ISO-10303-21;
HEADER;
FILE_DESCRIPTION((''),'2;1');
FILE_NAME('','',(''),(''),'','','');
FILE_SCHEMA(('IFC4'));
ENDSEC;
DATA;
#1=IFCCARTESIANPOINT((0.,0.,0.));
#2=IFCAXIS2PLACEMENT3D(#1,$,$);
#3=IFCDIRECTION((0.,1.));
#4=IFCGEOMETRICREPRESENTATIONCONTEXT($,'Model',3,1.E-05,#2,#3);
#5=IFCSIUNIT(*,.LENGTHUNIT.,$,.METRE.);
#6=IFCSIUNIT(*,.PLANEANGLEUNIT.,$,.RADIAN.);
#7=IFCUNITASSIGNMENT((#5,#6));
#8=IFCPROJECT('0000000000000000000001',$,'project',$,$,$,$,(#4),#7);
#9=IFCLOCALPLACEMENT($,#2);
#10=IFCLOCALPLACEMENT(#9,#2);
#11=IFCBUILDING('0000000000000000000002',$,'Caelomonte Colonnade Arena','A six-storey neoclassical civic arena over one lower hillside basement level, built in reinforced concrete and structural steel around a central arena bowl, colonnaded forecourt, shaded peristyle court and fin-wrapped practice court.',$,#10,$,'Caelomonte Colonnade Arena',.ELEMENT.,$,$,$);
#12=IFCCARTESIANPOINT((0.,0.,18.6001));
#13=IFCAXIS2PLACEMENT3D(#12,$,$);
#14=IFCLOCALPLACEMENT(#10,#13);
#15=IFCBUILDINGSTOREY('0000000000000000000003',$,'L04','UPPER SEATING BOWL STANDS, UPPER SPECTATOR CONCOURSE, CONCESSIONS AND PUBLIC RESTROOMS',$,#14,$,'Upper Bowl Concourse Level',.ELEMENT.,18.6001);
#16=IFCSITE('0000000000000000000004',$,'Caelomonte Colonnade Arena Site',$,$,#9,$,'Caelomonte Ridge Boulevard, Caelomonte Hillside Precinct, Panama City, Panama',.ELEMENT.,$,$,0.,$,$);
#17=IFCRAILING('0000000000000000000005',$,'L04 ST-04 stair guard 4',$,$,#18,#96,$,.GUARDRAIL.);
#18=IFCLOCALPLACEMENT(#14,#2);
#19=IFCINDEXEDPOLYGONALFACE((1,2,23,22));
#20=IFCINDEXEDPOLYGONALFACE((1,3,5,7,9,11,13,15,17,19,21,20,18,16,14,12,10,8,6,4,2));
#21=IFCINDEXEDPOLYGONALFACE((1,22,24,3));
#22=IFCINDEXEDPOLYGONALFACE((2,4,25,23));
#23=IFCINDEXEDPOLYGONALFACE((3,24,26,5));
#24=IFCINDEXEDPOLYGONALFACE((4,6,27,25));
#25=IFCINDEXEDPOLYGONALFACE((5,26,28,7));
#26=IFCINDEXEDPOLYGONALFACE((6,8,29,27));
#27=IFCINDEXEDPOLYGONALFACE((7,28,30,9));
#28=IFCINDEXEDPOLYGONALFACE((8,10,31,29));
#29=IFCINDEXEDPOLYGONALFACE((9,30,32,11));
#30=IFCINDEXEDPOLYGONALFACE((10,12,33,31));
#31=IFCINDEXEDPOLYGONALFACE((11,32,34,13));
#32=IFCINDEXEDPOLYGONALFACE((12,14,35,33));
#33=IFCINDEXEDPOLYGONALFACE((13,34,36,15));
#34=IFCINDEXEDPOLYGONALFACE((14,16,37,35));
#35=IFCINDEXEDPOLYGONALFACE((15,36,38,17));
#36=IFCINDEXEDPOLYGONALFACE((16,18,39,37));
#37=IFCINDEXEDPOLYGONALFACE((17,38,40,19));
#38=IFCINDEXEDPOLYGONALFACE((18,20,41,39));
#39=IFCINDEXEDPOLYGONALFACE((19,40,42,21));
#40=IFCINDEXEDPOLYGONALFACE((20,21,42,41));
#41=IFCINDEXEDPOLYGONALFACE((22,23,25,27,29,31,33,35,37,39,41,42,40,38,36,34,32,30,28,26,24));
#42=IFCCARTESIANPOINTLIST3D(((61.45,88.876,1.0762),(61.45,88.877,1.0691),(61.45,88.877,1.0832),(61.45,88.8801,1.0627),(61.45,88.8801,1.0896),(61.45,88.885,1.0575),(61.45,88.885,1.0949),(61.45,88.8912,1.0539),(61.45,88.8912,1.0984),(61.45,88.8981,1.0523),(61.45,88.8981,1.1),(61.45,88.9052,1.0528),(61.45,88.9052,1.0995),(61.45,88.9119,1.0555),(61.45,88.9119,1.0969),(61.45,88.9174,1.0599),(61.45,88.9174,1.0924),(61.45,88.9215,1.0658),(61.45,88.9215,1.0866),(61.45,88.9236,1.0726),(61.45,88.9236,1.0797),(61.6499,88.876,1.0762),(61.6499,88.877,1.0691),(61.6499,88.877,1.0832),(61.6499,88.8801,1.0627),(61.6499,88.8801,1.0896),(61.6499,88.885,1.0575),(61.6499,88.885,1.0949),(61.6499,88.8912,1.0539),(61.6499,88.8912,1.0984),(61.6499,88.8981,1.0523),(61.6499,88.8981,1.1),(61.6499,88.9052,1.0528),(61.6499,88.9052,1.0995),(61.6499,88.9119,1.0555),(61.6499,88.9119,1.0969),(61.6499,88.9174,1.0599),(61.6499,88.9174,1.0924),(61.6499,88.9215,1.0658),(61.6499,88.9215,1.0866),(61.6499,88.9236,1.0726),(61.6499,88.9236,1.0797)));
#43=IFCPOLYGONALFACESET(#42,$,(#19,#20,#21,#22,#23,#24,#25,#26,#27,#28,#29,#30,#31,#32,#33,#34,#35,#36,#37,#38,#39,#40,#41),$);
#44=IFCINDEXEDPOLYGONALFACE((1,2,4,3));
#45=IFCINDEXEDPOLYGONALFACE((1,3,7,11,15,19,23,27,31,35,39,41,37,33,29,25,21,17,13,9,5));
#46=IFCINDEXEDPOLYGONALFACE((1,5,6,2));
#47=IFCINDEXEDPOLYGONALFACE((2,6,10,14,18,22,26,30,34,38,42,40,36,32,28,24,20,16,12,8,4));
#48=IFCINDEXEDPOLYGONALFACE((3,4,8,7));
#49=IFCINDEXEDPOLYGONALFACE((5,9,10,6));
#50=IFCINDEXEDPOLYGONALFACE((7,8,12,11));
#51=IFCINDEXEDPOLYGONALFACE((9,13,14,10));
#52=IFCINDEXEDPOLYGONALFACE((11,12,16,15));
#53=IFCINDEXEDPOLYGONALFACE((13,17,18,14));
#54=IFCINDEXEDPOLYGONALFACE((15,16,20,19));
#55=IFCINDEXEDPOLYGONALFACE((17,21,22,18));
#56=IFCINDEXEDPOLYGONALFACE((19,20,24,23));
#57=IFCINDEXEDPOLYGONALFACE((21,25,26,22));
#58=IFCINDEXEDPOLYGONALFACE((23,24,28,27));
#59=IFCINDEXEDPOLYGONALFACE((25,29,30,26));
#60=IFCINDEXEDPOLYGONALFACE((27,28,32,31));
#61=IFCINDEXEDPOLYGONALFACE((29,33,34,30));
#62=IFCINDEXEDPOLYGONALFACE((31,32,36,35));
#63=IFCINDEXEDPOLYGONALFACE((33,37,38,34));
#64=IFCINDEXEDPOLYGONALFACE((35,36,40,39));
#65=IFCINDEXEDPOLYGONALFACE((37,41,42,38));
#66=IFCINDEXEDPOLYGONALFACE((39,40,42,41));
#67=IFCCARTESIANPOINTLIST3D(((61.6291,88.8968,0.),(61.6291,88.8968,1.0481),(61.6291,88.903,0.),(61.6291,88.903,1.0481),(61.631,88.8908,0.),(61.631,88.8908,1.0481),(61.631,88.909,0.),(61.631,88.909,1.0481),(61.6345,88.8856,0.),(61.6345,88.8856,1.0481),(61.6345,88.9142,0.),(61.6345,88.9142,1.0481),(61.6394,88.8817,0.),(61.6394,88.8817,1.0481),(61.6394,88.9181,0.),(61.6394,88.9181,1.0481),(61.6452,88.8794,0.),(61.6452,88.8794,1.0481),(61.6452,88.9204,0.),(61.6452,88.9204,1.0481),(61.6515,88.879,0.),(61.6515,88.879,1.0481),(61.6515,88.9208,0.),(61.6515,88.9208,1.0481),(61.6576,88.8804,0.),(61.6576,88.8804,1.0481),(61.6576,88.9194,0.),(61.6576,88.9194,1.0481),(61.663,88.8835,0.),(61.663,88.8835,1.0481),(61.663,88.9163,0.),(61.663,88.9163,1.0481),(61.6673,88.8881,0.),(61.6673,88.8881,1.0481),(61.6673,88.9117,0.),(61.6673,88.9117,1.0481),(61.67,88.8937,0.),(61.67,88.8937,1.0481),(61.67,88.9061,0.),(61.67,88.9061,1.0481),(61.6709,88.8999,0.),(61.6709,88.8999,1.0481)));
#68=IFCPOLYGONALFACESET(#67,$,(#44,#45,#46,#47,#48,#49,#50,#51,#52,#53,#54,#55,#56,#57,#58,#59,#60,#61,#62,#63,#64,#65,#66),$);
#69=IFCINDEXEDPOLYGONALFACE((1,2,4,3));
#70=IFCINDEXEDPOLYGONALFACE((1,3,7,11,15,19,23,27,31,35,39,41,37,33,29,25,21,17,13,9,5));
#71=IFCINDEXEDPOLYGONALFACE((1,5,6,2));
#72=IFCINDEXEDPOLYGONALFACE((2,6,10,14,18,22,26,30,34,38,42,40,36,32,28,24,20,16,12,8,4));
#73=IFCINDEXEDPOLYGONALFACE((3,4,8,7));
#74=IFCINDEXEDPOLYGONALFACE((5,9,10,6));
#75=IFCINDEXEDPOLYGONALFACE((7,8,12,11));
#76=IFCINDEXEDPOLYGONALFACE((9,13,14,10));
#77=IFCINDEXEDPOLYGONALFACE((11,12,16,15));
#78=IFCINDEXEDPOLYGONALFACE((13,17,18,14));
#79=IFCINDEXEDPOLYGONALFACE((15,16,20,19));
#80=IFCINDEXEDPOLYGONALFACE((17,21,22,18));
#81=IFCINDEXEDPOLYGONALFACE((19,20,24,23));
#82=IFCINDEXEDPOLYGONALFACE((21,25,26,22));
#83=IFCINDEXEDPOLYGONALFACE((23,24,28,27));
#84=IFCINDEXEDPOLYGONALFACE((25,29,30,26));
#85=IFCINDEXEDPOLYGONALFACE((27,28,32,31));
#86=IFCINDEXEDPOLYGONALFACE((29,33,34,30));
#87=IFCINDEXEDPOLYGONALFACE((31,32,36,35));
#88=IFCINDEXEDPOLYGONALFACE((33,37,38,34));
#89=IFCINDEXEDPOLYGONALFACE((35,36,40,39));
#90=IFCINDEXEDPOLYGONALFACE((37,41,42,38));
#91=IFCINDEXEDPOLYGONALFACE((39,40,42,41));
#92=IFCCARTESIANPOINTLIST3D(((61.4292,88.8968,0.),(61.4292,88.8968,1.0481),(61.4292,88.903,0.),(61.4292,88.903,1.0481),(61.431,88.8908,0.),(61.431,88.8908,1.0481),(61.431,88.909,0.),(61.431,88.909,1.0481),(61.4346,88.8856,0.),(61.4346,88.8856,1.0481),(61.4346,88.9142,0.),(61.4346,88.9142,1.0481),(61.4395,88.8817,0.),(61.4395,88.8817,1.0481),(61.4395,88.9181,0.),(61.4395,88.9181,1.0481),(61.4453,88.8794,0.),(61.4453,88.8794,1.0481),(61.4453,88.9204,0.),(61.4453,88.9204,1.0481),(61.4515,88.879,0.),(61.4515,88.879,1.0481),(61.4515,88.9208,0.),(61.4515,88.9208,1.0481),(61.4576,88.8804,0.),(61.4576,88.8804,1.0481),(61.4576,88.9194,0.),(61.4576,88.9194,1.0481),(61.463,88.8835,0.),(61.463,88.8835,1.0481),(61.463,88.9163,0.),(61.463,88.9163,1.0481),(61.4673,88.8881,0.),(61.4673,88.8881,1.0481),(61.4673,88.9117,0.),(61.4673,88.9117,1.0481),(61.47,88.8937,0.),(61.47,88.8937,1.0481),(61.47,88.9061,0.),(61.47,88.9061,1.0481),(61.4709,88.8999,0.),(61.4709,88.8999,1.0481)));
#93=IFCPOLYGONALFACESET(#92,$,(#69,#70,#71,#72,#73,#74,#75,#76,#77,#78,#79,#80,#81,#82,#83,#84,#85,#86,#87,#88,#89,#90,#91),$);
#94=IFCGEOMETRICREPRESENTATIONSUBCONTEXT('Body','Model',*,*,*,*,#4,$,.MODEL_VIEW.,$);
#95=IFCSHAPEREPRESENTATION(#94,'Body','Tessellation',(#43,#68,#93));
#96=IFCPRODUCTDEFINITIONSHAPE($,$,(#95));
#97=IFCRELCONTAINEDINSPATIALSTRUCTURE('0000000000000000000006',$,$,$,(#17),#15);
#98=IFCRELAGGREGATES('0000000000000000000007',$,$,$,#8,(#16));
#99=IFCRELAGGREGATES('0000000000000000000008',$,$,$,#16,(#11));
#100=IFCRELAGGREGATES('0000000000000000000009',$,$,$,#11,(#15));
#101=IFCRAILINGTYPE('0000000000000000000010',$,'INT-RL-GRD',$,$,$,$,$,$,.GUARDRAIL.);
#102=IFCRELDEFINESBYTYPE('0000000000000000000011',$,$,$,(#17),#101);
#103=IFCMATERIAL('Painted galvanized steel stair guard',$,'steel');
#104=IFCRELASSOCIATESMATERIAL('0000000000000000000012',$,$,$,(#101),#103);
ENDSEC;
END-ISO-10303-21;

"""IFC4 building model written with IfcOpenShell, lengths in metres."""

from ifc_helpers import new_model, si_unit, direction, frame, origin, origin_2d, place, context, subcontext, project, spatial, circle, extrude, material, type_object, element, save


model = new_model("IFC4")

# Units and contexts
model_context = context("Model", 3, precision=1e-05, world=origin(), true_north=direction((0.0, 1.0)))
body_context = subcontext(model_context, "Body", "Model", "MODEL_VIEW")
ifc_project = project(units=[si_unit("LENGTHUNIT", "METRE"), si_unit("PLANEANGLEUNIT", "RADIAN")], contexts=[model_context])

# Site, building, storey
site_placement = place(None, origin())
site = spatial("IfcSite", under=ifc_project, at=site_placement, Name="Caelomonte Colonnade Arena Site", LongName="Caelomonte Ridge Boulevard, Caelomonte Hillside Precinct, Panama City, Panama", CompositionType="ELEMENT", RefElevation=0.0)
building_placement = place(site_placement, origin())
building = spatial("IfcBuilding", under=site, at=building_placement, Name="Caelomonte Colonnade Arena", Description="A six-storey neoclassical civic arena over one lower hillside basement level, built in reinforced concrete and structural steel around a central arena bowl, colonnaded forecourt, shaded peristyle court and fin-wrapped practice court.", LongName="Caelomonte Colonnade Arena", CompositionType="ELEMENT")
storey_placement = place(building_placement, frame((0.0, 0.0, 18.6001)))
storey = spatial("IfcBuildingStorey", under=building, at=storey_placement, Name="L04", Description="UPPER SEATING BOWL STANDS, UPPER SPECTATOR CONCOURSE, CONCESSIONS AND PUBLIC RESTROOMS", LongName="Upper Bowl Concourse Level", CompositionType="ELEMENT", Elevation=18.6001)

# Railing
ifc_material_1 = material(Name="Painted galvanized steel stair guard", Category="steel")
railing_type_1 = type_object("IfcRailingType", Name="INT-RL-GRD", PredefinedType="GUARDRAIL", material=ifc_material_1)
railing_1_placement = place(storey_placement, frame((61.6499, 88.8999, 0.0)))
element("IfcRailing", 1, at=railing_1_placement, inside=storey, type_object=railing_type_1, Name="L04 ST-04 stair guard 4", PredefinedType="GUARDRAIL", context=body_context, shape_type="SweptSolid", body=[
    extrude(circle(Radius=0.0239, at=origin_2d()), frame((0.0, 0.0, 1.0762), z_axis=(-1.0, 0.0, 0.0), x_axis=(0.0, -1.0, 0.0)), (0.0, 0.0, 1.0), 0.2),
    extrude(circle(Radius=0.021, at=origin_2d()), origin(), (0.0, 0.0, 1.0), 1.0481),
    extrude(circle(Radius=0.021, at=origin_2d()), frame((-0.2, 0.0, 0.0)), (0.0, 0.0, 1.0), 1.0481),
])

save(model, "model.ifc")
